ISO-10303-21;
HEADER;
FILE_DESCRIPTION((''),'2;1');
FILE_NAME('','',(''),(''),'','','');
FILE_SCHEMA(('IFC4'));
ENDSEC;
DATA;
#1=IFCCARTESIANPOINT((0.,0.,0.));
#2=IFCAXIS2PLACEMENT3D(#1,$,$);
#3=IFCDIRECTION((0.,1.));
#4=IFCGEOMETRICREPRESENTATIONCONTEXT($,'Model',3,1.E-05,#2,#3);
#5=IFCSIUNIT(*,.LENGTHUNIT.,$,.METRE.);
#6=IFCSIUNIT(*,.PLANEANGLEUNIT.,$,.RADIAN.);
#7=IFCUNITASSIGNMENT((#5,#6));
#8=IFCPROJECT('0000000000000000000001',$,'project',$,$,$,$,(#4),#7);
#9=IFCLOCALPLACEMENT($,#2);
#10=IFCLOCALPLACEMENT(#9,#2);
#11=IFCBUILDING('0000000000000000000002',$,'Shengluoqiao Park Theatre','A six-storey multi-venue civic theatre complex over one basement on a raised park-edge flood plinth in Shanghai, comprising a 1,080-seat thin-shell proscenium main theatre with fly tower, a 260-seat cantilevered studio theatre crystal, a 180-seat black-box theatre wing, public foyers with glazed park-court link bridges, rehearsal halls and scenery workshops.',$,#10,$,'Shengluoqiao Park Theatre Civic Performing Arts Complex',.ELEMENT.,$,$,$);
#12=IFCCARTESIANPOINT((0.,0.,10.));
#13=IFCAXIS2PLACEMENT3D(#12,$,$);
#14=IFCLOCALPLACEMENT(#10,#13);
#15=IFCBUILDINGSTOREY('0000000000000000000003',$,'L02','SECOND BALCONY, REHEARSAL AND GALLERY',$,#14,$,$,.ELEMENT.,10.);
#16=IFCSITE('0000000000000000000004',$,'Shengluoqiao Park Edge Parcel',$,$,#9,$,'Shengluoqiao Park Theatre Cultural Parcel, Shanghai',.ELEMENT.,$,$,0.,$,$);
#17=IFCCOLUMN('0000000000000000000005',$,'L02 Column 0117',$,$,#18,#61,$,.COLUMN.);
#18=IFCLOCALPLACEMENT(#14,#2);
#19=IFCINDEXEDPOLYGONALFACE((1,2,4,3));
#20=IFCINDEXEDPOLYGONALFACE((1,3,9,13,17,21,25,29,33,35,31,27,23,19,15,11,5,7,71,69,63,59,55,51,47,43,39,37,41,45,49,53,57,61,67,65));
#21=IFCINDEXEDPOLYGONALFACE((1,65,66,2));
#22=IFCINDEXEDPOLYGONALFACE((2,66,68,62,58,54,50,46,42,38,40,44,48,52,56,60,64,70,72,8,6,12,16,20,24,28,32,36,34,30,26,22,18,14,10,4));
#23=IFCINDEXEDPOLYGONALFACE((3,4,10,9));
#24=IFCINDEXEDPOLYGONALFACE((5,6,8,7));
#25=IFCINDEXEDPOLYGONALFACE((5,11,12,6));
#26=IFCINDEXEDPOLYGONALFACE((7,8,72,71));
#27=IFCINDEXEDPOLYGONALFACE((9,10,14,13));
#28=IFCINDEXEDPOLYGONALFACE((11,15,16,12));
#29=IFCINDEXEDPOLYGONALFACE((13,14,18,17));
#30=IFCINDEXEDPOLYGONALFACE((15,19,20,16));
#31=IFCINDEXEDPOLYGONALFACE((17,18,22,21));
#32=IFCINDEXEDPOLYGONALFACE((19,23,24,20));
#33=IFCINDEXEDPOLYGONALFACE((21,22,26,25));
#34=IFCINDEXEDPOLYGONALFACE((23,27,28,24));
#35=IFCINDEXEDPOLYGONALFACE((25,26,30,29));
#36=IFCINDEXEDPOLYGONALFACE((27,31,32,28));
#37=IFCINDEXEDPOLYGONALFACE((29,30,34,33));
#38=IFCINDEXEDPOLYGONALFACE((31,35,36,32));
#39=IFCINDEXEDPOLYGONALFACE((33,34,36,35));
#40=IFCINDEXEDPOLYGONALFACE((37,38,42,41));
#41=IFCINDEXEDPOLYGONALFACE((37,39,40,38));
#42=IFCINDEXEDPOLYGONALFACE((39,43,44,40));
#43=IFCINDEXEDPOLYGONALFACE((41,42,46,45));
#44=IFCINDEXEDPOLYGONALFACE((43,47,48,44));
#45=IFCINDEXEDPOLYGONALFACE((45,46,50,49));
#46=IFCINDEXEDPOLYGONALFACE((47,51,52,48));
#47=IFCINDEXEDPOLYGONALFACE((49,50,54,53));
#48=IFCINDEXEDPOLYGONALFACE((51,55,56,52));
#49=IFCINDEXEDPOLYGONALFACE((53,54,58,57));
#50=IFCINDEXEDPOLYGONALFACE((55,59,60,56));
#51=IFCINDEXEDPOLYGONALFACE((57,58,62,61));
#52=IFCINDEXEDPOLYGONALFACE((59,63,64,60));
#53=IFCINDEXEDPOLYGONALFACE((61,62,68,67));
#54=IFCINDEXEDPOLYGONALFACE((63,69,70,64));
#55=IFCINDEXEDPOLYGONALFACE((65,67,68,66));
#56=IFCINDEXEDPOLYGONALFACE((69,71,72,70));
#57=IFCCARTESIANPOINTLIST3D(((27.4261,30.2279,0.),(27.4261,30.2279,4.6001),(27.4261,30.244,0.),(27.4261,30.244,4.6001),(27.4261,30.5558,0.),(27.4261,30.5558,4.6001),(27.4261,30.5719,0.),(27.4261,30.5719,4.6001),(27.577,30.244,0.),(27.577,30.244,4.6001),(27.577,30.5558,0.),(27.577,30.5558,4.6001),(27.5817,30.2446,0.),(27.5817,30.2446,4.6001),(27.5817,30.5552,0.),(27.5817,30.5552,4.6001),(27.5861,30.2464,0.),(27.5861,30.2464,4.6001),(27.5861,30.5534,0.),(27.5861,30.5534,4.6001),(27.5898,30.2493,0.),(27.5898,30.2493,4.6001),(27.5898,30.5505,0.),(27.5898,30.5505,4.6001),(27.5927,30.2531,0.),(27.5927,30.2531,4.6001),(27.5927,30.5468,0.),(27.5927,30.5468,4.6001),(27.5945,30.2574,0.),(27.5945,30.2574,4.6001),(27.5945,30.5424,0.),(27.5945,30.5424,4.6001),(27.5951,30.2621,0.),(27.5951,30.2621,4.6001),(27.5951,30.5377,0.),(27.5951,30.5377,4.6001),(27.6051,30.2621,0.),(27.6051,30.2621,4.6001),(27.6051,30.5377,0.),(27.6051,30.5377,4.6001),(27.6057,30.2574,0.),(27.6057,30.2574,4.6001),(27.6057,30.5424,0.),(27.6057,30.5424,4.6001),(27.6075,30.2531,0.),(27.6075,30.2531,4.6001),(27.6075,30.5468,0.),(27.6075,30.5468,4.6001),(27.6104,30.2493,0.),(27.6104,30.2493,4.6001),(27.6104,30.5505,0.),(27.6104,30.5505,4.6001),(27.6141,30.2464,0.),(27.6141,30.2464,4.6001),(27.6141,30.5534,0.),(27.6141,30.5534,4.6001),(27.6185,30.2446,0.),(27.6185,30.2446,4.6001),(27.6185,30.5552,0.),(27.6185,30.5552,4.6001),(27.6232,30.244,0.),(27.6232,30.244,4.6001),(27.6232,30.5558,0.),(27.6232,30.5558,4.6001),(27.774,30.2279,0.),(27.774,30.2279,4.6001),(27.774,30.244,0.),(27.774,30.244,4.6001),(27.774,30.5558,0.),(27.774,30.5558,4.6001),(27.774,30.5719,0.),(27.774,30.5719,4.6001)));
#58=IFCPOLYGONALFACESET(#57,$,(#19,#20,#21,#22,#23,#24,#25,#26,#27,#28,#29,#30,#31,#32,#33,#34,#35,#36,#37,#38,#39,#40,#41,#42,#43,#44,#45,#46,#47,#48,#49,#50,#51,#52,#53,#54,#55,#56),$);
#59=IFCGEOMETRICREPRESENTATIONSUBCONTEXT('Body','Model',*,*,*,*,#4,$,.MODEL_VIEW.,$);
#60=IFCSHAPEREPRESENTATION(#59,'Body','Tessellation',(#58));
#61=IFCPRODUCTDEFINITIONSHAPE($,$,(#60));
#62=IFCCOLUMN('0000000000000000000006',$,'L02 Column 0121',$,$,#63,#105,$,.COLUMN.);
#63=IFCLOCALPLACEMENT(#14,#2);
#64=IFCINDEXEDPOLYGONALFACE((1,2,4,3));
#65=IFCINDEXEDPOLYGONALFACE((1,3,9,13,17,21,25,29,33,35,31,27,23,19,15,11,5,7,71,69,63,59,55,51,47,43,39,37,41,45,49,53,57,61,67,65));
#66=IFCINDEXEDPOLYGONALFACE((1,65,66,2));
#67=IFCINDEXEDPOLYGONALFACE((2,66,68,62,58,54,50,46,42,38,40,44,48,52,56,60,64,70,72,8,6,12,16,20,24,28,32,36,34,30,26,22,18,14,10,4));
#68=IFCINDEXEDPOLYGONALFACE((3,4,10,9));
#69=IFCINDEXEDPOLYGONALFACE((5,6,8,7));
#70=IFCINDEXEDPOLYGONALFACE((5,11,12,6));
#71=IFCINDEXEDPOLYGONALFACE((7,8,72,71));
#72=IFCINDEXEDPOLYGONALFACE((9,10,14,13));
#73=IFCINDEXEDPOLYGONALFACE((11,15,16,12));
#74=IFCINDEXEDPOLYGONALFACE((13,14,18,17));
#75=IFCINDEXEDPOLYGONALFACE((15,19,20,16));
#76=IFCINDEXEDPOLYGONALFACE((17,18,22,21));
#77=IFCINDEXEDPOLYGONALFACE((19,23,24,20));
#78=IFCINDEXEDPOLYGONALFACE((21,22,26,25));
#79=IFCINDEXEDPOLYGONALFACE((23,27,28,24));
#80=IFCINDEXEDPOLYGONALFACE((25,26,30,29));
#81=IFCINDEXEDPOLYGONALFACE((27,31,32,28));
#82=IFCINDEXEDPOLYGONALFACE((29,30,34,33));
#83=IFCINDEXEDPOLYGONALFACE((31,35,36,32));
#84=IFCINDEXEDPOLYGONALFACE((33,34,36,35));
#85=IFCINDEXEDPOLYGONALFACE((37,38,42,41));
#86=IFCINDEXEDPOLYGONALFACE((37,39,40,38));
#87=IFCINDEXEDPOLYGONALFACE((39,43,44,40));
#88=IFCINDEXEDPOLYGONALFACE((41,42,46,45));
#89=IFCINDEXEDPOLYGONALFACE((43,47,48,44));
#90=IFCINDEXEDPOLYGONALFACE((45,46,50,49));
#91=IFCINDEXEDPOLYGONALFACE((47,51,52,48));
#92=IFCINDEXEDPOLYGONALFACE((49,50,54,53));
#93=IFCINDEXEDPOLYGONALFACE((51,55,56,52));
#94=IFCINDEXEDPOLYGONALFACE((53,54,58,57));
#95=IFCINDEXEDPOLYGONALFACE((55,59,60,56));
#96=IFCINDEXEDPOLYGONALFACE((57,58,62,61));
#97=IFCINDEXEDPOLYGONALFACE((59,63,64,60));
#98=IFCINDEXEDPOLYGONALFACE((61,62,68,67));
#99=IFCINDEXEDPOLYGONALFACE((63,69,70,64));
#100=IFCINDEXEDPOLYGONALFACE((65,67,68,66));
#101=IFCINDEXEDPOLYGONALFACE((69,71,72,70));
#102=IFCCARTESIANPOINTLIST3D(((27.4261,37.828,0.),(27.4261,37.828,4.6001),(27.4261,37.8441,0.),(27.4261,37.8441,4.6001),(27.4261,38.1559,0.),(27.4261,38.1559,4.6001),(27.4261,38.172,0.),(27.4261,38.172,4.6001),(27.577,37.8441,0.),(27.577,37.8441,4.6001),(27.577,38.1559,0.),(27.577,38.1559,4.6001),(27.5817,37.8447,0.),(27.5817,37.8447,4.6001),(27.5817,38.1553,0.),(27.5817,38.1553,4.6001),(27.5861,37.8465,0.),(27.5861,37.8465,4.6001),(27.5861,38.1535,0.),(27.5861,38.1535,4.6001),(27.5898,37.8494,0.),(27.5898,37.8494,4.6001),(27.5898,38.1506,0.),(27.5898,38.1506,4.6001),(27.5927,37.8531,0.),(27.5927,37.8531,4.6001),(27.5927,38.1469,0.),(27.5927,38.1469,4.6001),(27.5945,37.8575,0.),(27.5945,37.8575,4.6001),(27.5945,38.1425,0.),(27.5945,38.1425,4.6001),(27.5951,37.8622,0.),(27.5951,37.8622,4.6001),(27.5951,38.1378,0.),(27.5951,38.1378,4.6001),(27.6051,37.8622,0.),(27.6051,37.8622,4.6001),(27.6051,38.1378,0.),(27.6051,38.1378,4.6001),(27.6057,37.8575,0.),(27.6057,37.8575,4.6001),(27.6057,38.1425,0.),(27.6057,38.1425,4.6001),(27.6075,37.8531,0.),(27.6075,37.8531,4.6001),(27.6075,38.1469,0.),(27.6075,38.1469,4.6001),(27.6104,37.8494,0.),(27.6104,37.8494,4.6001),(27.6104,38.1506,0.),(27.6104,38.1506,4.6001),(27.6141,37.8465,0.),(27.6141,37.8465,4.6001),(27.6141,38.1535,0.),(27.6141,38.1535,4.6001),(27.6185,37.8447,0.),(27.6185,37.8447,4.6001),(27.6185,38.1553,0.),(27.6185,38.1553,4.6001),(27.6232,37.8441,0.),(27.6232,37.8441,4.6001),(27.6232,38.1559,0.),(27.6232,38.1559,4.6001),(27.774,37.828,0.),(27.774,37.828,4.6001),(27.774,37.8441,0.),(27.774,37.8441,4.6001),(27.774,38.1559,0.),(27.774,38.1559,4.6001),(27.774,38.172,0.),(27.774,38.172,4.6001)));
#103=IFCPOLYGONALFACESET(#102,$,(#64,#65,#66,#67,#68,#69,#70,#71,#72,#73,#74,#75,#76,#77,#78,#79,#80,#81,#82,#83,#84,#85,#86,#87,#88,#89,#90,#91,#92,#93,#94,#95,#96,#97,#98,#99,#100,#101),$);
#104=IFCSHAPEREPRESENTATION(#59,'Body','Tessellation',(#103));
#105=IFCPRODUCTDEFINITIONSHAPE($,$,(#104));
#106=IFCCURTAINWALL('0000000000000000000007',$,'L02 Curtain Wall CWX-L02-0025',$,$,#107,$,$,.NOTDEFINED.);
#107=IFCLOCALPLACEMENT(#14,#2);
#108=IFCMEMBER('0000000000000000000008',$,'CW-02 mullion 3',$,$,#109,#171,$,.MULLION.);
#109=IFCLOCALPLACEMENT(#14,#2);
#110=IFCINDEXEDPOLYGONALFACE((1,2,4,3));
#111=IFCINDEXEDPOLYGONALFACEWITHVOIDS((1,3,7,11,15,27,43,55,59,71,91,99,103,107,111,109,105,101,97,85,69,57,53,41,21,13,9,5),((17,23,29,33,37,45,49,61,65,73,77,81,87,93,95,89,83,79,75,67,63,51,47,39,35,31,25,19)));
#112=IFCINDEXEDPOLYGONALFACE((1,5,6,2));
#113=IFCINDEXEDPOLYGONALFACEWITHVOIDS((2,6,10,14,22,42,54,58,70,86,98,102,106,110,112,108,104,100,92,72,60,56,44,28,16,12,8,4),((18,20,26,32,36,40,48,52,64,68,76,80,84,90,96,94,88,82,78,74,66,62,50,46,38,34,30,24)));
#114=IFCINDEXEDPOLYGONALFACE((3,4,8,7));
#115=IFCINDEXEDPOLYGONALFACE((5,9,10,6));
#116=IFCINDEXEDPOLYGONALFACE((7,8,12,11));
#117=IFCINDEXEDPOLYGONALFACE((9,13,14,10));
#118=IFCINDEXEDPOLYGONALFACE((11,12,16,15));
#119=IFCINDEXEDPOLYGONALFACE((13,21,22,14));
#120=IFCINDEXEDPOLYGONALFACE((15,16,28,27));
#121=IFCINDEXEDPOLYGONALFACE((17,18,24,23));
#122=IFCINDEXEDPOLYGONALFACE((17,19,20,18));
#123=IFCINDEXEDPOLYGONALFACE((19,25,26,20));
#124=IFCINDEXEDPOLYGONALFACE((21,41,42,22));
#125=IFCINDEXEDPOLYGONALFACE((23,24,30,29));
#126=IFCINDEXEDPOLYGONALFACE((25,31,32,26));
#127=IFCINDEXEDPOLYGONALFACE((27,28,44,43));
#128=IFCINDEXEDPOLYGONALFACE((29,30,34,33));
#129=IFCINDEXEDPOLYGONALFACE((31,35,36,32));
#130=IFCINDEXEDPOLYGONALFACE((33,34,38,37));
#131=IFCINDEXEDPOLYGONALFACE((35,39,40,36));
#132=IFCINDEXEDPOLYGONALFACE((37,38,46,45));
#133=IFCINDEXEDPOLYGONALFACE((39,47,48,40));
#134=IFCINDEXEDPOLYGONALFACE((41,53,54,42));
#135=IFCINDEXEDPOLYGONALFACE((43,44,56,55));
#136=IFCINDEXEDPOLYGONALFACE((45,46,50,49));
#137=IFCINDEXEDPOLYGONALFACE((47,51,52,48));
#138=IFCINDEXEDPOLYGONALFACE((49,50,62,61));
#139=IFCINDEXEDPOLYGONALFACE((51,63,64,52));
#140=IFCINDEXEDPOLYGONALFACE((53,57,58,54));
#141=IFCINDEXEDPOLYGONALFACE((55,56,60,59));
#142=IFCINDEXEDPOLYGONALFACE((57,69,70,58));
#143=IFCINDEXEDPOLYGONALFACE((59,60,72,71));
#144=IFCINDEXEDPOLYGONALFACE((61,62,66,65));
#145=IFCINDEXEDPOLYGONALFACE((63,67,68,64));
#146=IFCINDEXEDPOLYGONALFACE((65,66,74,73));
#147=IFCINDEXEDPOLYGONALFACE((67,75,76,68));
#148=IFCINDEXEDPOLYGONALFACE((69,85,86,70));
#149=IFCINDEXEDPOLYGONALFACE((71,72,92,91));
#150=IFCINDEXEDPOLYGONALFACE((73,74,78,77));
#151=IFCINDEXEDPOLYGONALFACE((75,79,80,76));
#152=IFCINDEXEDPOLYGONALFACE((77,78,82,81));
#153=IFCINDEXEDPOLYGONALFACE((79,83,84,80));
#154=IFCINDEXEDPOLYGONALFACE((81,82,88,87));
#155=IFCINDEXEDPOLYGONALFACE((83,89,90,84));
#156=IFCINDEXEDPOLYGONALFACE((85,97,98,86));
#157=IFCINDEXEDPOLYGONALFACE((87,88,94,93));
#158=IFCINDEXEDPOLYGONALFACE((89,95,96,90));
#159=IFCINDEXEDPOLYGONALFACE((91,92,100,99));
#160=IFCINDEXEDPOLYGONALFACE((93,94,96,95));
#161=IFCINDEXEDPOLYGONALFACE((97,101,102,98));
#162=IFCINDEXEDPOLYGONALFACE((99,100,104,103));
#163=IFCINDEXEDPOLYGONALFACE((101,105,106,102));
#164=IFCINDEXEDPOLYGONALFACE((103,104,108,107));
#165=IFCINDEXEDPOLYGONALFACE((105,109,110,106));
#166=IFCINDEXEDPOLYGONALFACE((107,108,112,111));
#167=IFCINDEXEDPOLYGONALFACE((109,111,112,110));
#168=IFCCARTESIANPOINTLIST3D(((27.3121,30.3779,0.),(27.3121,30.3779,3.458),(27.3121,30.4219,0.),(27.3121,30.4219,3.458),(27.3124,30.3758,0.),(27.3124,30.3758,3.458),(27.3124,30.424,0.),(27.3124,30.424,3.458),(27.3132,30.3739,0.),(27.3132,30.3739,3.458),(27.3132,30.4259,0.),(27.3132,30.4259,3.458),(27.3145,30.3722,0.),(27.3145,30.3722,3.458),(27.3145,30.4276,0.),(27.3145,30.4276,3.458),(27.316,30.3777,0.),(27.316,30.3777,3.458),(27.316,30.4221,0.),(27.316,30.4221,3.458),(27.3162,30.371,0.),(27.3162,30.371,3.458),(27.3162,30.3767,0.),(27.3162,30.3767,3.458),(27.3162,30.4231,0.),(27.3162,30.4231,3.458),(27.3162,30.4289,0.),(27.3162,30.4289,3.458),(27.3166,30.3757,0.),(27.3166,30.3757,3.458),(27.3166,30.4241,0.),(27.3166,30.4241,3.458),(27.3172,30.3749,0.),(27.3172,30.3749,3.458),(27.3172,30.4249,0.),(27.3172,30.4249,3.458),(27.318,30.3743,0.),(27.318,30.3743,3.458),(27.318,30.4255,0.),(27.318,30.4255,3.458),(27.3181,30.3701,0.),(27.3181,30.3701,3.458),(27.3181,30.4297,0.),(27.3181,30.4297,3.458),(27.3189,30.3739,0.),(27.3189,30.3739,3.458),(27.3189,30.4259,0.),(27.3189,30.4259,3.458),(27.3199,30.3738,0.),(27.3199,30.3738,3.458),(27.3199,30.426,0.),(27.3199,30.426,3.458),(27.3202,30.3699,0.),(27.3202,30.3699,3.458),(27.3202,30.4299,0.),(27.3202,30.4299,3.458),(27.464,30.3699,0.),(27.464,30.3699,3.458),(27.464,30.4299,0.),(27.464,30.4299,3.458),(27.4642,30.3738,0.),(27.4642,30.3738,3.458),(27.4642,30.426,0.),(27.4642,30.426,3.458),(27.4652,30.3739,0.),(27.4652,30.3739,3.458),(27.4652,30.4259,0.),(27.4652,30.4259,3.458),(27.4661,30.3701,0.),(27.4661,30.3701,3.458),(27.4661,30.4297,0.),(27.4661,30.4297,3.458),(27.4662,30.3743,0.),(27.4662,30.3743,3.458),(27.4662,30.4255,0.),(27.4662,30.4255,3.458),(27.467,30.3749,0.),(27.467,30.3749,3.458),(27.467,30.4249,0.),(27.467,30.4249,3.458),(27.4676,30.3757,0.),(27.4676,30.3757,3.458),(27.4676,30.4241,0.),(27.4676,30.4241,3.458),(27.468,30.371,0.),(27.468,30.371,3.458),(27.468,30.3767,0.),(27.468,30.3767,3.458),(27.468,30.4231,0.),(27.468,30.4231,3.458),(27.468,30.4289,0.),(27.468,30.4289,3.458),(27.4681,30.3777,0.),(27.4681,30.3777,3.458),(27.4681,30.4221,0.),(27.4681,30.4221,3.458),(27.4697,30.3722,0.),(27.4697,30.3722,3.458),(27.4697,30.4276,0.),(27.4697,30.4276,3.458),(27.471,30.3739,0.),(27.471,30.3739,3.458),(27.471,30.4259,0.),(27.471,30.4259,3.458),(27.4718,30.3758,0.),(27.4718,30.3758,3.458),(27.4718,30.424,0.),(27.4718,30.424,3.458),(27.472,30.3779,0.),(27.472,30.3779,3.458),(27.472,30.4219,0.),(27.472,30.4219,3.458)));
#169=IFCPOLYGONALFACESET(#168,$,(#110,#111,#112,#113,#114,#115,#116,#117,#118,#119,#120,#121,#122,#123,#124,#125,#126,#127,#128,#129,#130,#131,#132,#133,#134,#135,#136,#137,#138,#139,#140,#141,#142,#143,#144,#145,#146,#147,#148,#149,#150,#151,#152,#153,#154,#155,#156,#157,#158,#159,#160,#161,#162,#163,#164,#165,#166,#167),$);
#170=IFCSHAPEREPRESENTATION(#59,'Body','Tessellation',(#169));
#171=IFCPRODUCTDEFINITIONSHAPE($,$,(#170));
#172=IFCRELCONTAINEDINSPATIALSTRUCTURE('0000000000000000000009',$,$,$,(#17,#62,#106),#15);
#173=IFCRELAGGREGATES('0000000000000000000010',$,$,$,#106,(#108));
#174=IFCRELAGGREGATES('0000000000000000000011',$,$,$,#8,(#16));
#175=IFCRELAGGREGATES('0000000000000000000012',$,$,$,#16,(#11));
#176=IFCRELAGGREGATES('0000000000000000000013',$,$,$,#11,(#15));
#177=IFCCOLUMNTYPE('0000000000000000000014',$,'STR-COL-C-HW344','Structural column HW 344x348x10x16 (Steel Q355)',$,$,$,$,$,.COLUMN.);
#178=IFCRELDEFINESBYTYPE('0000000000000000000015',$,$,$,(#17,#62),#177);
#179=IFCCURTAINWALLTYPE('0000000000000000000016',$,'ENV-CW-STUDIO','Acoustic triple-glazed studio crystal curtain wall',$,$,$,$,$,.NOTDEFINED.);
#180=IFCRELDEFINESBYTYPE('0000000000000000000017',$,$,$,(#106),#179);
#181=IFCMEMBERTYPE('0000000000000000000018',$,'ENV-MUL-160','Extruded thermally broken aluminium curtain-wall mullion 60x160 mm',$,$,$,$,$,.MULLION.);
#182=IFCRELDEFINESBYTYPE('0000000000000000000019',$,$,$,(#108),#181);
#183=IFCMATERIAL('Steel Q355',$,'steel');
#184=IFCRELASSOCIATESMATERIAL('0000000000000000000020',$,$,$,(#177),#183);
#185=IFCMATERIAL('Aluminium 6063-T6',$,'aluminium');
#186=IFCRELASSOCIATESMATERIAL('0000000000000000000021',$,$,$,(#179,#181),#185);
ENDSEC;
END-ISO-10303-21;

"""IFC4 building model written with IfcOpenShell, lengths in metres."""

from ifc_helpers import new_model, si_unit, direction, frame, origin, origin_2d, place, context, subcontext, project, spatial, hollow_rectangle, i_section, extrude, material, material_profile, profile_set, type_object, element, aggregate, save


model = new_model("IFC4")

# Units and contexts
model_context = context("Model", 3, precision=1e-05, world=origin(), true_north=direction((0.0, 1.0)))
body_context = subcontext(model_context, "Body", "Model", "MODEL_VIEW")
ifc_project = project(units=[si_unit("LENGTHUNIT", "METRE"), si_unit("PLANEANGLEUNIT", "RADIAN")], contexts=[model_context])

# Site, building, storey
site_placement = place(None, origin())
site = spatial("IfcSite", under=ifc_project, at=site_placement, Name="Shengluoqiao Park Edge Parcel", LongName="Shengluoqiao Park Theatre Cultural Parcel, Shanghai", CompositionType="ELEMENT", RefElevation=0.0)
building_placement = place(site_placement, origin())
building = spatial("IfcBuilding", under=site, at=building_placement, Name="Shengluoqiao Park Theatre", Description="A six-storey multi-venue civic theatre complex over one basement on a raised park-edge flood plinth in Shanghai, comprising a 1,080-seat thin-shell proscenium main theatre with fly tower, a 260-seat cantilevered studio theatre crystal, a 180-seat black-box theatre wing, public foyers with glazed park-court link bridges, rehearsal halls and scenery workshops.", LongName="Shengluoqiao Park Theatre Civic Performing Arts Complex", CompositionType="ELEMENT")
storey_placement = place(building_placement, frame((0.0, 0.0, 10.0)))
storey = spatial("IfcBuildingStorey", under=building, at=storey_placement, Name="L02", Description="SECOND BALCONY, REHEARSAL AND GALLERY", CompositionType="ELEMENT", Elevation=10.0)

# Columns
ifc_material_1 = material(Name="Steel Q355", Category="steel")
ifc_material_profile_1 = material_profile(ifc_material_1, i_section(OverallWidth=0.3479, OverallDepth=0.344, WebThickness=0.01, FlangeThickness=0.0161, FilletRadius=0.0181, at=origin_2d()), Name="HW 344x348x10x16")
ifc_profile_set_1 = profile_set([ifc_material_profile_1], Name="Steel Q355")
column_type = type_object("IfcColumnType", Name="STR-COL-C-HW344", Description="Structural column HW 344x348x10x16 (Steel Q355)", PredefinedType="COLUMN", material=ifc_profile_set_1)
for number, where, z_axis, x_axis, name in (
    (1, (27.6001, 30.3999, 0.0), (0.0, 0.0, 1.0), (1.0, 0.0, 0.0), "L02 Column 0117"),
    (2, (27.6001, 38.0, 0.0), (0.0, 0.0, 1.0), (1.0, 0.0, 0.0), "L02 Column 0121"),
):
    element("IfcColumn", number, at=place(storey_placement, frame(where, z_axis=z_axis, x_axis=x_axis)), inside=storey, type_object=column_type, Name=name, PredefinedType="COLUMN", context=body_context, shape_type="SweptSolid", body=[
        extrude(i_section(OverallWidth=0.3479, OverallDepth=0.344, WebThickness=0.01, FlangeThickness=0.0161, FilletRadius=0.0181, at=origin_2d()), origin(), (0.0, 0.0, 1.0), 4.6001),
    ])

# Curtain wall, member
ifc_material_2 = material(Name="Aluminium 6063-T6", Category="aluminium")
curtain_wall_type = type_object("IfcCurtainWallType", Name="ENV-CW-STUDIO", Description="Acoustic triple-glazed studio crystal curtain wall", PredefinedType="NOTDEFINED", material=ifc_material_2)
curtain_wall_placement = place(storey_placement, origin())
curtain_wall = element("IfcCurtainWall", 3, at=curtain_wall_placement, inside=storey, type_object=curtain_wall_type, Name="L02 Curtain Wall CWX-L02-0025", PredefinedType="NOTDEFINED")
ifc_material_profile_2 = material_profile(ifc_material_2, hollow_rectangle(XDim=0.0601, YDim=0.1599, WallThickness=0.0039, InnerFilletRadius=0.0039, OuterFilletRadius=0.0081, at=origin_2d()), Name="ALU MULLION 160x60x4")
ifc_profile_set_2 = profile_set([ifc_material_profile_2], Name="Aluminium 6063-T6")
member_type_1 = type_object("IfcMemberType", Name="ENV-MUL-160", Description="Extruded thermally broken aluminium curtain-wall mullion 60x160 mm", PredefinedType="MULLION", material=ifc_profile_set_2)
member_1_placement = place(storey_placement, frame((27.3921, 30.3999, 0.0), z_axis=(0.0, 0.0, 1.0), x_axis=(0.0, 1.0, 0.0)))
member_1 = element("IfcMember", 4, at=member_1_placement, type_object=member_type_1, Name="CW-02 mullion 3", PredefinedType="MULLION", context=body_context, shape_type="SweptSolid", body=[
    extrude(hollow_rectangle(XDim=0.0601, YDim=0.1599, WallThickness=0.0039, InnerFilletRadius=0.0039, OuterFilletRadius=0.0081, at=origin_2d()), origin(), (0.0, 0.0, 1.0), 3.458),
])

aggregate(curtain_wall, [member_1])

save(model, "model.ifc")
